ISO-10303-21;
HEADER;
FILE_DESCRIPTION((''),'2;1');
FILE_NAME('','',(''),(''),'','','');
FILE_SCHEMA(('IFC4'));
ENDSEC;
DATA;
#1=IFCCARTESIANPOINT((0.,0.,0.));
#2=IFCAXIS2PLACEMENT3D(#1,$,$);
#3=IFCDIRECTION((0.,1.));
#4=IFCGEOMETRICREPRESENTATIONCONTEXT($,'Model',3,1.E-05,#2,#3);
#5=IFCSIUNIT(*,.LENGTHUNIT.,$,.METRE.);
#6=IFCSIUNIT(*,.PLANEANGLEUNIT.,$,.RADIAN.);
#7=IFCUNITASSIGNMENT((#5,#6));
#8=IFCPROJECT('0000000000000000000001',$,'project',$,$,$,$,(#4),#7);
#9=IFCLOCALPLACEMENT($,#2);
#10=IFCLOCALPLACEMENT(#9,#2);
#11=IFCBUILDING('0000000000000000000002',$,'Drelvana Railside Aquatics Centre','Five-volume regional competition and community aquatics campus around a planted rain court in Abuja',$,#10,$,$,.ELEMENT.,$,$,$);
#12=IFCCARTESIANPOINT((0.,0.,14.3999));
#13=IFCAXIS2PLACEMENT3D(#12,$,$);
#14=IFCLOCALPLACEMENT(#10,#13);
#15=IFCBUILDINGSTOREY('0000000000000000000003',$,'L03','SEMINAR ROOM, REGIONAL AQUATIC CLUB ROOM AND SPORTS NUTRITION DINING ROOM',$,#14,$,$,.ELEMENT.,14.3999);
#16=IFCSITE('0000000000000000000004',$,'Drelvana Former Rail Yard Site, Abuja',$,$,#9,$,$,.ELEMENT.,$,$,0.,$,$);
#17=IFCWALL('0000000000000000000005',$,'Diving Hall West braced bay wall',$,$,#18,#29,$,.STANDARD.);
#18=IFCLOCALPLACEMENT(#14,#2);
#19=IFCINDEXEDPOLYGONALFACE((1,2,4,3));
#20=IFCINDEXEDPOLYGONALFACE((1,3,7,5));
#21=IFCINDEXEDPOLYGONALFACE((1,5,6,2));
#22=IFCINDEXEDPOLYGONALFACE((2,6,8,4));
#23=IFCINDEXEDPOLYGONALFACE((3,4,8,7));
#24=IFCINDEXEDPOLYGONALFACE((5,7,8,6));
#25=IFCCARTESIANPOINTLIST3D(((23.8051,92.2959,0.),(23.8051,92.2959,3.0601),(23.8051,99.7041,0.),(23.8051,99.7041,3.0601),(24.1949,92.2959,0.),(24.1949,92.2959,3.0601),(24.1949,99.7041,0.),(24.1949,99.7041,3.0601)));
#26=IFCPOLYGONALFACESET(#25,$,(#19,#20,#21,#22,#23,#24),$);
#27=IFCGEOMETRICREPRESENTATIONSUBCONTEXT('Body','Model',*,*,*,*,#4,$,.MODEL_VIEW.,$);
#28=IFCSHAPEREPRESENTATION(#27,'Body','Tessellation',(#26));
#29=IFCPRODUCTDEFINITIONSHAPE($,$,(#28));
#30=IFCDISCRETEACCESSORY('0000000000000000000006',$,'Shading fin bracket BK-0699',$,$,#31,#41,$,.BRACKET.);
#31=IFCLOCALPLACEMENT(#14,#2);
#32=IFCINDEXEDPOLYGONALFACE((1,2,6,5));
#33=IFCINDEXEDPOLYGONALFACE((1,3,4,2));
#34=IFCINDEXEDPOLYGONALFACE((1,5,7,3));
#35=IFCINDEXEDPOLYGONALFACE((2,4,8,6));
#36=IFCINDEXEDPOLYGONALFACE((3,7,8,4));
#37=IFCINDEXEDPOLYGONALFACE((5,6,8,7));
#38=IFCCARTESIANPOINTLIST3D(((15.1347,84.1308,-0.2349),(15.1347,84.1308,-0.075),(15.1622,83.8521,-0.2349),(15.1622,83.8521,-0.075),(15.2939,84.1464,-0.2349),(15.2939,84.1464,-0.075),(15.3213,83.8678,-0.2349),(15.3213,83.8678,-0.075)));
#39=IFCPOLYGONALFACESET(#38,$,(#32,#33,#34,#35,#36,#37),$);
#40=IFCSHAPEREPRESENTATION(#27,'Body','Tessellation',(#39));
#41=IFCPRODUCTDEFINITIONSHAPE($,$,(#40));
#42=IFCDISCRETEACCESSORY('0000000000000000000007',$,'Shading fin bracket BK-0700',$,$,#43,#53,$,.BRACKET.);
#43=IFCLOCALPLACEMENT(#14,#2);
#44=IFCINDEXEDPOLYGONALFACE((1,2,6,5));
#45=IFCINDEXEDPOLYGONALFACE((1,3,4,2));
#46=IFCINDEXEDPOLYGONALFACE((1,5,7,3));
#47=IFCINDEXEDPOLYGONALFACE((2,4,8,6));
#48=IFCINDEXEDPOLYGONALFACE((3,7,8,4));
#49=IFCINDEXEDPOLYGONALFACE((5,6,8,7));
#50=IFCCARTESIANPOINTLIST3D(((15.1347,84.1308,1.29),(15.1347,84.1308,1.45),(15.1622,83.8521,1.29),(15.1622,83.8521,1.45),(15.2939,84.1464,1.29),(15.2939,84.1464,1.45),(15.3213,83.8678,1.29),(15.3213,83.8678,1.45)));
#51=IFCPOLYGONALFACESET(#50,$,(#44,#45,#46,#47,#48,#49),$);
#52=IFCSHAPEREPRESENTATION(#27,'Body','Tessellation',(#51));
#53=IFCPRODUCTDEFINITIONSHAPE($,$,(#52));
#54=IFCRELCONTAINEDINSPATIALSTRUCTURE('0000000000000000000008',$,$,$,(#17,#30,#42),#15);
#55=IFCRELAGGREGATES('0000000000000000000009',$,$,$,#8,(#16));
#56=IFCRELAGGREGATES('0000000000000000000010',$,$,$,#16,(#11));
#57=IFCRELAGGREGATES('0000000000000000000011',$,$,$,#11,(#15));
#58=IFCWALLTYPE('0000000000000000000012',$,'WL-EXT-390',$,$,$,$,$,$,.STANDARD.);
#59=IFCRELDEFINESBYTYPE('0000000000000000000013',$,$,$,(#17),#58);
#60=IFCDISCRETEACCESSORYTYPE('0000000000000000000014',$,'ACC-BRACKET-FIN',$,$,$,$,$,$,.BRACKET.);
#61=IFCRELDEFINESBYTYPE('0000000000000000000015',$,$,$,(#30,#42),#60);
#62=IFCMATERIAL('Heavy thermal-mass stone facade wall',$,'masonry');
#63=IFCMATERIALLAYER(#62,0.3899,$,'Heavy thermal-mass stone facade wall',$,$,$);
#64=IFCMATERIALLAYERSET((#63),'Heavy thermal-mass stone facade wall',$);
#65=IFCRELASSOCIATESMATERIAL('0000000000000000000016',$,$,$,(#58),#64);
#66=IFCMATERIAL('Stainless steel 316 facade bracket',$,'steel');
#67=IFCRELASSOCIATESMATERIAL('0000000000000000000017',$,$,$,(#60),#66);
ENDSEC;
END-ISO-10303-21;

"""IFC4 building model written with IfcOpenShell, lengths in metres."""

from ifc_helpers import new_model, si_unit, direction, frame, frame_2d, origin, origin_2d, place, context, subcontext, project, spatial, rectangle, extrude, material, layer, layer_set, type_object, element, save


model = new_model("IFC4")

# Units and contexts
model_context = context("Model", 3, precision=1e-05, world=origin(), true_north=direction((0.0, 1.0)))
body_context = subcontext(model_context, "Body", "Model", "MODEL_VIEW")
ifc_project = project(units=[si_unit("LENGTHUNIT", "METRE"), si_unit("PLANEANGLEUNIT", "RADIAN")], contexts=[model_context])

# Site, building, storey
site_placement = place(None, origin())
site = spatial("IfcSite", under=ifc_project, at=site_placement, Name="Drelvana Former Rail Yard Site, Abuja", CompositionType="ELEMENT", RefElevation=0.0)
building_placement = place(site_placement, origin())
building = spatial("IfcBuilding", under=site, at=building_placement, Name="Drelvana Railside Aquatics Centre", Description="Five-volume regional competition and community aquatics campus around a planted rain court in Abuja", CompositionType="ELEMENT")
storey_placement = place(building_placement, frame((0.0, 0.0, 14.3999)))
storey = spatial("IfcBuildingStorey", under=building, at=storey_placement, Name="L03", Description="SEMINAR ROOM, REGIONAL AQUATIC CLUB ROOM AND SPORTS NUTRITION DINING ROOM", CompositionType="ELEMENT", Elevation=14.3999)

# Wall
ifc_material_1 = material(Name="Heavy thermal-mass stone facade wall", Category="masonry")
ifc_layer_1 = layer(ifc_material_1, 0.3899, Name="Heavy thermal-mass stone facade wall")
ifc_layer_set_1 = layer_set([ifc_layer_1], Name="Heavy thermal-mass stone facade wall")
wall_type_1 = type_object("IfcWallType", Name="WL-EXT-390", PredefinedType="STANDARD", material=ifc_layer_set_1)
wall_1_placement = place(storey_placement, frame((24.0, 92.2959, 0.0), z_axis=(0.0, 0.0, 1.0), x_axis=(0.0, 1.0, 0.0)))
element("IfcWall", 1, at=wall_1_placement, inside=storey, type_object=wall_type_1, Name="Diving Hall West braced bay wall", PredefinedType="STANDARD", context=body_context, shape_type="SweptSolid", body=[
    extrude(rectangle(XDim=7.4082, YDim=0.3899, at=frame_2d((3.7041, 0.0))), origin(), (0.0, 0.0, 1.0), 3.0601),
])

# Discrete accessories
ifc_material_2 = material(Name="Stainless steel 316 facade bracket", Category="steel")
discrete_accessory_type = type_object("IfcDiscreteAccessoryType", Name="ACC-BRACKET-FIN", PredefinedType="BRACKET", material=ifc_material_2)
for number, where, z_axis, x_axis, name in (
    (2, (15.228, 83.9993, -0.2349), (0.0, 0.0, 1.0), (-0.098017, 0.995185, 0.0), "Shading fin bracket BK-0699"),
    (3, (15.228, 83.9993, 1.29), (0.0, 0.0, 1.0), (-0.098017, 0.995185, 0.0), "Shading fin bracket BK-0700"),
):
    element("IfcDiscreteAccessory", number, at=place(storey_placement, frame(where, z_axis=z_axis, x_axis=x_axis)), inside=storey, type_object=discrete_accessory_type, Name=name, PredefinedType="BRACKET", context=body_context, shape_type="SweptSolid", body=[
        extrude(rectangle(XDim=0.28, YDim=0.1599, at=origin_2d()), origin(), (0.0, 0.0, 1.0), 0.1599),
    ])

save(model, "model.ifc")
